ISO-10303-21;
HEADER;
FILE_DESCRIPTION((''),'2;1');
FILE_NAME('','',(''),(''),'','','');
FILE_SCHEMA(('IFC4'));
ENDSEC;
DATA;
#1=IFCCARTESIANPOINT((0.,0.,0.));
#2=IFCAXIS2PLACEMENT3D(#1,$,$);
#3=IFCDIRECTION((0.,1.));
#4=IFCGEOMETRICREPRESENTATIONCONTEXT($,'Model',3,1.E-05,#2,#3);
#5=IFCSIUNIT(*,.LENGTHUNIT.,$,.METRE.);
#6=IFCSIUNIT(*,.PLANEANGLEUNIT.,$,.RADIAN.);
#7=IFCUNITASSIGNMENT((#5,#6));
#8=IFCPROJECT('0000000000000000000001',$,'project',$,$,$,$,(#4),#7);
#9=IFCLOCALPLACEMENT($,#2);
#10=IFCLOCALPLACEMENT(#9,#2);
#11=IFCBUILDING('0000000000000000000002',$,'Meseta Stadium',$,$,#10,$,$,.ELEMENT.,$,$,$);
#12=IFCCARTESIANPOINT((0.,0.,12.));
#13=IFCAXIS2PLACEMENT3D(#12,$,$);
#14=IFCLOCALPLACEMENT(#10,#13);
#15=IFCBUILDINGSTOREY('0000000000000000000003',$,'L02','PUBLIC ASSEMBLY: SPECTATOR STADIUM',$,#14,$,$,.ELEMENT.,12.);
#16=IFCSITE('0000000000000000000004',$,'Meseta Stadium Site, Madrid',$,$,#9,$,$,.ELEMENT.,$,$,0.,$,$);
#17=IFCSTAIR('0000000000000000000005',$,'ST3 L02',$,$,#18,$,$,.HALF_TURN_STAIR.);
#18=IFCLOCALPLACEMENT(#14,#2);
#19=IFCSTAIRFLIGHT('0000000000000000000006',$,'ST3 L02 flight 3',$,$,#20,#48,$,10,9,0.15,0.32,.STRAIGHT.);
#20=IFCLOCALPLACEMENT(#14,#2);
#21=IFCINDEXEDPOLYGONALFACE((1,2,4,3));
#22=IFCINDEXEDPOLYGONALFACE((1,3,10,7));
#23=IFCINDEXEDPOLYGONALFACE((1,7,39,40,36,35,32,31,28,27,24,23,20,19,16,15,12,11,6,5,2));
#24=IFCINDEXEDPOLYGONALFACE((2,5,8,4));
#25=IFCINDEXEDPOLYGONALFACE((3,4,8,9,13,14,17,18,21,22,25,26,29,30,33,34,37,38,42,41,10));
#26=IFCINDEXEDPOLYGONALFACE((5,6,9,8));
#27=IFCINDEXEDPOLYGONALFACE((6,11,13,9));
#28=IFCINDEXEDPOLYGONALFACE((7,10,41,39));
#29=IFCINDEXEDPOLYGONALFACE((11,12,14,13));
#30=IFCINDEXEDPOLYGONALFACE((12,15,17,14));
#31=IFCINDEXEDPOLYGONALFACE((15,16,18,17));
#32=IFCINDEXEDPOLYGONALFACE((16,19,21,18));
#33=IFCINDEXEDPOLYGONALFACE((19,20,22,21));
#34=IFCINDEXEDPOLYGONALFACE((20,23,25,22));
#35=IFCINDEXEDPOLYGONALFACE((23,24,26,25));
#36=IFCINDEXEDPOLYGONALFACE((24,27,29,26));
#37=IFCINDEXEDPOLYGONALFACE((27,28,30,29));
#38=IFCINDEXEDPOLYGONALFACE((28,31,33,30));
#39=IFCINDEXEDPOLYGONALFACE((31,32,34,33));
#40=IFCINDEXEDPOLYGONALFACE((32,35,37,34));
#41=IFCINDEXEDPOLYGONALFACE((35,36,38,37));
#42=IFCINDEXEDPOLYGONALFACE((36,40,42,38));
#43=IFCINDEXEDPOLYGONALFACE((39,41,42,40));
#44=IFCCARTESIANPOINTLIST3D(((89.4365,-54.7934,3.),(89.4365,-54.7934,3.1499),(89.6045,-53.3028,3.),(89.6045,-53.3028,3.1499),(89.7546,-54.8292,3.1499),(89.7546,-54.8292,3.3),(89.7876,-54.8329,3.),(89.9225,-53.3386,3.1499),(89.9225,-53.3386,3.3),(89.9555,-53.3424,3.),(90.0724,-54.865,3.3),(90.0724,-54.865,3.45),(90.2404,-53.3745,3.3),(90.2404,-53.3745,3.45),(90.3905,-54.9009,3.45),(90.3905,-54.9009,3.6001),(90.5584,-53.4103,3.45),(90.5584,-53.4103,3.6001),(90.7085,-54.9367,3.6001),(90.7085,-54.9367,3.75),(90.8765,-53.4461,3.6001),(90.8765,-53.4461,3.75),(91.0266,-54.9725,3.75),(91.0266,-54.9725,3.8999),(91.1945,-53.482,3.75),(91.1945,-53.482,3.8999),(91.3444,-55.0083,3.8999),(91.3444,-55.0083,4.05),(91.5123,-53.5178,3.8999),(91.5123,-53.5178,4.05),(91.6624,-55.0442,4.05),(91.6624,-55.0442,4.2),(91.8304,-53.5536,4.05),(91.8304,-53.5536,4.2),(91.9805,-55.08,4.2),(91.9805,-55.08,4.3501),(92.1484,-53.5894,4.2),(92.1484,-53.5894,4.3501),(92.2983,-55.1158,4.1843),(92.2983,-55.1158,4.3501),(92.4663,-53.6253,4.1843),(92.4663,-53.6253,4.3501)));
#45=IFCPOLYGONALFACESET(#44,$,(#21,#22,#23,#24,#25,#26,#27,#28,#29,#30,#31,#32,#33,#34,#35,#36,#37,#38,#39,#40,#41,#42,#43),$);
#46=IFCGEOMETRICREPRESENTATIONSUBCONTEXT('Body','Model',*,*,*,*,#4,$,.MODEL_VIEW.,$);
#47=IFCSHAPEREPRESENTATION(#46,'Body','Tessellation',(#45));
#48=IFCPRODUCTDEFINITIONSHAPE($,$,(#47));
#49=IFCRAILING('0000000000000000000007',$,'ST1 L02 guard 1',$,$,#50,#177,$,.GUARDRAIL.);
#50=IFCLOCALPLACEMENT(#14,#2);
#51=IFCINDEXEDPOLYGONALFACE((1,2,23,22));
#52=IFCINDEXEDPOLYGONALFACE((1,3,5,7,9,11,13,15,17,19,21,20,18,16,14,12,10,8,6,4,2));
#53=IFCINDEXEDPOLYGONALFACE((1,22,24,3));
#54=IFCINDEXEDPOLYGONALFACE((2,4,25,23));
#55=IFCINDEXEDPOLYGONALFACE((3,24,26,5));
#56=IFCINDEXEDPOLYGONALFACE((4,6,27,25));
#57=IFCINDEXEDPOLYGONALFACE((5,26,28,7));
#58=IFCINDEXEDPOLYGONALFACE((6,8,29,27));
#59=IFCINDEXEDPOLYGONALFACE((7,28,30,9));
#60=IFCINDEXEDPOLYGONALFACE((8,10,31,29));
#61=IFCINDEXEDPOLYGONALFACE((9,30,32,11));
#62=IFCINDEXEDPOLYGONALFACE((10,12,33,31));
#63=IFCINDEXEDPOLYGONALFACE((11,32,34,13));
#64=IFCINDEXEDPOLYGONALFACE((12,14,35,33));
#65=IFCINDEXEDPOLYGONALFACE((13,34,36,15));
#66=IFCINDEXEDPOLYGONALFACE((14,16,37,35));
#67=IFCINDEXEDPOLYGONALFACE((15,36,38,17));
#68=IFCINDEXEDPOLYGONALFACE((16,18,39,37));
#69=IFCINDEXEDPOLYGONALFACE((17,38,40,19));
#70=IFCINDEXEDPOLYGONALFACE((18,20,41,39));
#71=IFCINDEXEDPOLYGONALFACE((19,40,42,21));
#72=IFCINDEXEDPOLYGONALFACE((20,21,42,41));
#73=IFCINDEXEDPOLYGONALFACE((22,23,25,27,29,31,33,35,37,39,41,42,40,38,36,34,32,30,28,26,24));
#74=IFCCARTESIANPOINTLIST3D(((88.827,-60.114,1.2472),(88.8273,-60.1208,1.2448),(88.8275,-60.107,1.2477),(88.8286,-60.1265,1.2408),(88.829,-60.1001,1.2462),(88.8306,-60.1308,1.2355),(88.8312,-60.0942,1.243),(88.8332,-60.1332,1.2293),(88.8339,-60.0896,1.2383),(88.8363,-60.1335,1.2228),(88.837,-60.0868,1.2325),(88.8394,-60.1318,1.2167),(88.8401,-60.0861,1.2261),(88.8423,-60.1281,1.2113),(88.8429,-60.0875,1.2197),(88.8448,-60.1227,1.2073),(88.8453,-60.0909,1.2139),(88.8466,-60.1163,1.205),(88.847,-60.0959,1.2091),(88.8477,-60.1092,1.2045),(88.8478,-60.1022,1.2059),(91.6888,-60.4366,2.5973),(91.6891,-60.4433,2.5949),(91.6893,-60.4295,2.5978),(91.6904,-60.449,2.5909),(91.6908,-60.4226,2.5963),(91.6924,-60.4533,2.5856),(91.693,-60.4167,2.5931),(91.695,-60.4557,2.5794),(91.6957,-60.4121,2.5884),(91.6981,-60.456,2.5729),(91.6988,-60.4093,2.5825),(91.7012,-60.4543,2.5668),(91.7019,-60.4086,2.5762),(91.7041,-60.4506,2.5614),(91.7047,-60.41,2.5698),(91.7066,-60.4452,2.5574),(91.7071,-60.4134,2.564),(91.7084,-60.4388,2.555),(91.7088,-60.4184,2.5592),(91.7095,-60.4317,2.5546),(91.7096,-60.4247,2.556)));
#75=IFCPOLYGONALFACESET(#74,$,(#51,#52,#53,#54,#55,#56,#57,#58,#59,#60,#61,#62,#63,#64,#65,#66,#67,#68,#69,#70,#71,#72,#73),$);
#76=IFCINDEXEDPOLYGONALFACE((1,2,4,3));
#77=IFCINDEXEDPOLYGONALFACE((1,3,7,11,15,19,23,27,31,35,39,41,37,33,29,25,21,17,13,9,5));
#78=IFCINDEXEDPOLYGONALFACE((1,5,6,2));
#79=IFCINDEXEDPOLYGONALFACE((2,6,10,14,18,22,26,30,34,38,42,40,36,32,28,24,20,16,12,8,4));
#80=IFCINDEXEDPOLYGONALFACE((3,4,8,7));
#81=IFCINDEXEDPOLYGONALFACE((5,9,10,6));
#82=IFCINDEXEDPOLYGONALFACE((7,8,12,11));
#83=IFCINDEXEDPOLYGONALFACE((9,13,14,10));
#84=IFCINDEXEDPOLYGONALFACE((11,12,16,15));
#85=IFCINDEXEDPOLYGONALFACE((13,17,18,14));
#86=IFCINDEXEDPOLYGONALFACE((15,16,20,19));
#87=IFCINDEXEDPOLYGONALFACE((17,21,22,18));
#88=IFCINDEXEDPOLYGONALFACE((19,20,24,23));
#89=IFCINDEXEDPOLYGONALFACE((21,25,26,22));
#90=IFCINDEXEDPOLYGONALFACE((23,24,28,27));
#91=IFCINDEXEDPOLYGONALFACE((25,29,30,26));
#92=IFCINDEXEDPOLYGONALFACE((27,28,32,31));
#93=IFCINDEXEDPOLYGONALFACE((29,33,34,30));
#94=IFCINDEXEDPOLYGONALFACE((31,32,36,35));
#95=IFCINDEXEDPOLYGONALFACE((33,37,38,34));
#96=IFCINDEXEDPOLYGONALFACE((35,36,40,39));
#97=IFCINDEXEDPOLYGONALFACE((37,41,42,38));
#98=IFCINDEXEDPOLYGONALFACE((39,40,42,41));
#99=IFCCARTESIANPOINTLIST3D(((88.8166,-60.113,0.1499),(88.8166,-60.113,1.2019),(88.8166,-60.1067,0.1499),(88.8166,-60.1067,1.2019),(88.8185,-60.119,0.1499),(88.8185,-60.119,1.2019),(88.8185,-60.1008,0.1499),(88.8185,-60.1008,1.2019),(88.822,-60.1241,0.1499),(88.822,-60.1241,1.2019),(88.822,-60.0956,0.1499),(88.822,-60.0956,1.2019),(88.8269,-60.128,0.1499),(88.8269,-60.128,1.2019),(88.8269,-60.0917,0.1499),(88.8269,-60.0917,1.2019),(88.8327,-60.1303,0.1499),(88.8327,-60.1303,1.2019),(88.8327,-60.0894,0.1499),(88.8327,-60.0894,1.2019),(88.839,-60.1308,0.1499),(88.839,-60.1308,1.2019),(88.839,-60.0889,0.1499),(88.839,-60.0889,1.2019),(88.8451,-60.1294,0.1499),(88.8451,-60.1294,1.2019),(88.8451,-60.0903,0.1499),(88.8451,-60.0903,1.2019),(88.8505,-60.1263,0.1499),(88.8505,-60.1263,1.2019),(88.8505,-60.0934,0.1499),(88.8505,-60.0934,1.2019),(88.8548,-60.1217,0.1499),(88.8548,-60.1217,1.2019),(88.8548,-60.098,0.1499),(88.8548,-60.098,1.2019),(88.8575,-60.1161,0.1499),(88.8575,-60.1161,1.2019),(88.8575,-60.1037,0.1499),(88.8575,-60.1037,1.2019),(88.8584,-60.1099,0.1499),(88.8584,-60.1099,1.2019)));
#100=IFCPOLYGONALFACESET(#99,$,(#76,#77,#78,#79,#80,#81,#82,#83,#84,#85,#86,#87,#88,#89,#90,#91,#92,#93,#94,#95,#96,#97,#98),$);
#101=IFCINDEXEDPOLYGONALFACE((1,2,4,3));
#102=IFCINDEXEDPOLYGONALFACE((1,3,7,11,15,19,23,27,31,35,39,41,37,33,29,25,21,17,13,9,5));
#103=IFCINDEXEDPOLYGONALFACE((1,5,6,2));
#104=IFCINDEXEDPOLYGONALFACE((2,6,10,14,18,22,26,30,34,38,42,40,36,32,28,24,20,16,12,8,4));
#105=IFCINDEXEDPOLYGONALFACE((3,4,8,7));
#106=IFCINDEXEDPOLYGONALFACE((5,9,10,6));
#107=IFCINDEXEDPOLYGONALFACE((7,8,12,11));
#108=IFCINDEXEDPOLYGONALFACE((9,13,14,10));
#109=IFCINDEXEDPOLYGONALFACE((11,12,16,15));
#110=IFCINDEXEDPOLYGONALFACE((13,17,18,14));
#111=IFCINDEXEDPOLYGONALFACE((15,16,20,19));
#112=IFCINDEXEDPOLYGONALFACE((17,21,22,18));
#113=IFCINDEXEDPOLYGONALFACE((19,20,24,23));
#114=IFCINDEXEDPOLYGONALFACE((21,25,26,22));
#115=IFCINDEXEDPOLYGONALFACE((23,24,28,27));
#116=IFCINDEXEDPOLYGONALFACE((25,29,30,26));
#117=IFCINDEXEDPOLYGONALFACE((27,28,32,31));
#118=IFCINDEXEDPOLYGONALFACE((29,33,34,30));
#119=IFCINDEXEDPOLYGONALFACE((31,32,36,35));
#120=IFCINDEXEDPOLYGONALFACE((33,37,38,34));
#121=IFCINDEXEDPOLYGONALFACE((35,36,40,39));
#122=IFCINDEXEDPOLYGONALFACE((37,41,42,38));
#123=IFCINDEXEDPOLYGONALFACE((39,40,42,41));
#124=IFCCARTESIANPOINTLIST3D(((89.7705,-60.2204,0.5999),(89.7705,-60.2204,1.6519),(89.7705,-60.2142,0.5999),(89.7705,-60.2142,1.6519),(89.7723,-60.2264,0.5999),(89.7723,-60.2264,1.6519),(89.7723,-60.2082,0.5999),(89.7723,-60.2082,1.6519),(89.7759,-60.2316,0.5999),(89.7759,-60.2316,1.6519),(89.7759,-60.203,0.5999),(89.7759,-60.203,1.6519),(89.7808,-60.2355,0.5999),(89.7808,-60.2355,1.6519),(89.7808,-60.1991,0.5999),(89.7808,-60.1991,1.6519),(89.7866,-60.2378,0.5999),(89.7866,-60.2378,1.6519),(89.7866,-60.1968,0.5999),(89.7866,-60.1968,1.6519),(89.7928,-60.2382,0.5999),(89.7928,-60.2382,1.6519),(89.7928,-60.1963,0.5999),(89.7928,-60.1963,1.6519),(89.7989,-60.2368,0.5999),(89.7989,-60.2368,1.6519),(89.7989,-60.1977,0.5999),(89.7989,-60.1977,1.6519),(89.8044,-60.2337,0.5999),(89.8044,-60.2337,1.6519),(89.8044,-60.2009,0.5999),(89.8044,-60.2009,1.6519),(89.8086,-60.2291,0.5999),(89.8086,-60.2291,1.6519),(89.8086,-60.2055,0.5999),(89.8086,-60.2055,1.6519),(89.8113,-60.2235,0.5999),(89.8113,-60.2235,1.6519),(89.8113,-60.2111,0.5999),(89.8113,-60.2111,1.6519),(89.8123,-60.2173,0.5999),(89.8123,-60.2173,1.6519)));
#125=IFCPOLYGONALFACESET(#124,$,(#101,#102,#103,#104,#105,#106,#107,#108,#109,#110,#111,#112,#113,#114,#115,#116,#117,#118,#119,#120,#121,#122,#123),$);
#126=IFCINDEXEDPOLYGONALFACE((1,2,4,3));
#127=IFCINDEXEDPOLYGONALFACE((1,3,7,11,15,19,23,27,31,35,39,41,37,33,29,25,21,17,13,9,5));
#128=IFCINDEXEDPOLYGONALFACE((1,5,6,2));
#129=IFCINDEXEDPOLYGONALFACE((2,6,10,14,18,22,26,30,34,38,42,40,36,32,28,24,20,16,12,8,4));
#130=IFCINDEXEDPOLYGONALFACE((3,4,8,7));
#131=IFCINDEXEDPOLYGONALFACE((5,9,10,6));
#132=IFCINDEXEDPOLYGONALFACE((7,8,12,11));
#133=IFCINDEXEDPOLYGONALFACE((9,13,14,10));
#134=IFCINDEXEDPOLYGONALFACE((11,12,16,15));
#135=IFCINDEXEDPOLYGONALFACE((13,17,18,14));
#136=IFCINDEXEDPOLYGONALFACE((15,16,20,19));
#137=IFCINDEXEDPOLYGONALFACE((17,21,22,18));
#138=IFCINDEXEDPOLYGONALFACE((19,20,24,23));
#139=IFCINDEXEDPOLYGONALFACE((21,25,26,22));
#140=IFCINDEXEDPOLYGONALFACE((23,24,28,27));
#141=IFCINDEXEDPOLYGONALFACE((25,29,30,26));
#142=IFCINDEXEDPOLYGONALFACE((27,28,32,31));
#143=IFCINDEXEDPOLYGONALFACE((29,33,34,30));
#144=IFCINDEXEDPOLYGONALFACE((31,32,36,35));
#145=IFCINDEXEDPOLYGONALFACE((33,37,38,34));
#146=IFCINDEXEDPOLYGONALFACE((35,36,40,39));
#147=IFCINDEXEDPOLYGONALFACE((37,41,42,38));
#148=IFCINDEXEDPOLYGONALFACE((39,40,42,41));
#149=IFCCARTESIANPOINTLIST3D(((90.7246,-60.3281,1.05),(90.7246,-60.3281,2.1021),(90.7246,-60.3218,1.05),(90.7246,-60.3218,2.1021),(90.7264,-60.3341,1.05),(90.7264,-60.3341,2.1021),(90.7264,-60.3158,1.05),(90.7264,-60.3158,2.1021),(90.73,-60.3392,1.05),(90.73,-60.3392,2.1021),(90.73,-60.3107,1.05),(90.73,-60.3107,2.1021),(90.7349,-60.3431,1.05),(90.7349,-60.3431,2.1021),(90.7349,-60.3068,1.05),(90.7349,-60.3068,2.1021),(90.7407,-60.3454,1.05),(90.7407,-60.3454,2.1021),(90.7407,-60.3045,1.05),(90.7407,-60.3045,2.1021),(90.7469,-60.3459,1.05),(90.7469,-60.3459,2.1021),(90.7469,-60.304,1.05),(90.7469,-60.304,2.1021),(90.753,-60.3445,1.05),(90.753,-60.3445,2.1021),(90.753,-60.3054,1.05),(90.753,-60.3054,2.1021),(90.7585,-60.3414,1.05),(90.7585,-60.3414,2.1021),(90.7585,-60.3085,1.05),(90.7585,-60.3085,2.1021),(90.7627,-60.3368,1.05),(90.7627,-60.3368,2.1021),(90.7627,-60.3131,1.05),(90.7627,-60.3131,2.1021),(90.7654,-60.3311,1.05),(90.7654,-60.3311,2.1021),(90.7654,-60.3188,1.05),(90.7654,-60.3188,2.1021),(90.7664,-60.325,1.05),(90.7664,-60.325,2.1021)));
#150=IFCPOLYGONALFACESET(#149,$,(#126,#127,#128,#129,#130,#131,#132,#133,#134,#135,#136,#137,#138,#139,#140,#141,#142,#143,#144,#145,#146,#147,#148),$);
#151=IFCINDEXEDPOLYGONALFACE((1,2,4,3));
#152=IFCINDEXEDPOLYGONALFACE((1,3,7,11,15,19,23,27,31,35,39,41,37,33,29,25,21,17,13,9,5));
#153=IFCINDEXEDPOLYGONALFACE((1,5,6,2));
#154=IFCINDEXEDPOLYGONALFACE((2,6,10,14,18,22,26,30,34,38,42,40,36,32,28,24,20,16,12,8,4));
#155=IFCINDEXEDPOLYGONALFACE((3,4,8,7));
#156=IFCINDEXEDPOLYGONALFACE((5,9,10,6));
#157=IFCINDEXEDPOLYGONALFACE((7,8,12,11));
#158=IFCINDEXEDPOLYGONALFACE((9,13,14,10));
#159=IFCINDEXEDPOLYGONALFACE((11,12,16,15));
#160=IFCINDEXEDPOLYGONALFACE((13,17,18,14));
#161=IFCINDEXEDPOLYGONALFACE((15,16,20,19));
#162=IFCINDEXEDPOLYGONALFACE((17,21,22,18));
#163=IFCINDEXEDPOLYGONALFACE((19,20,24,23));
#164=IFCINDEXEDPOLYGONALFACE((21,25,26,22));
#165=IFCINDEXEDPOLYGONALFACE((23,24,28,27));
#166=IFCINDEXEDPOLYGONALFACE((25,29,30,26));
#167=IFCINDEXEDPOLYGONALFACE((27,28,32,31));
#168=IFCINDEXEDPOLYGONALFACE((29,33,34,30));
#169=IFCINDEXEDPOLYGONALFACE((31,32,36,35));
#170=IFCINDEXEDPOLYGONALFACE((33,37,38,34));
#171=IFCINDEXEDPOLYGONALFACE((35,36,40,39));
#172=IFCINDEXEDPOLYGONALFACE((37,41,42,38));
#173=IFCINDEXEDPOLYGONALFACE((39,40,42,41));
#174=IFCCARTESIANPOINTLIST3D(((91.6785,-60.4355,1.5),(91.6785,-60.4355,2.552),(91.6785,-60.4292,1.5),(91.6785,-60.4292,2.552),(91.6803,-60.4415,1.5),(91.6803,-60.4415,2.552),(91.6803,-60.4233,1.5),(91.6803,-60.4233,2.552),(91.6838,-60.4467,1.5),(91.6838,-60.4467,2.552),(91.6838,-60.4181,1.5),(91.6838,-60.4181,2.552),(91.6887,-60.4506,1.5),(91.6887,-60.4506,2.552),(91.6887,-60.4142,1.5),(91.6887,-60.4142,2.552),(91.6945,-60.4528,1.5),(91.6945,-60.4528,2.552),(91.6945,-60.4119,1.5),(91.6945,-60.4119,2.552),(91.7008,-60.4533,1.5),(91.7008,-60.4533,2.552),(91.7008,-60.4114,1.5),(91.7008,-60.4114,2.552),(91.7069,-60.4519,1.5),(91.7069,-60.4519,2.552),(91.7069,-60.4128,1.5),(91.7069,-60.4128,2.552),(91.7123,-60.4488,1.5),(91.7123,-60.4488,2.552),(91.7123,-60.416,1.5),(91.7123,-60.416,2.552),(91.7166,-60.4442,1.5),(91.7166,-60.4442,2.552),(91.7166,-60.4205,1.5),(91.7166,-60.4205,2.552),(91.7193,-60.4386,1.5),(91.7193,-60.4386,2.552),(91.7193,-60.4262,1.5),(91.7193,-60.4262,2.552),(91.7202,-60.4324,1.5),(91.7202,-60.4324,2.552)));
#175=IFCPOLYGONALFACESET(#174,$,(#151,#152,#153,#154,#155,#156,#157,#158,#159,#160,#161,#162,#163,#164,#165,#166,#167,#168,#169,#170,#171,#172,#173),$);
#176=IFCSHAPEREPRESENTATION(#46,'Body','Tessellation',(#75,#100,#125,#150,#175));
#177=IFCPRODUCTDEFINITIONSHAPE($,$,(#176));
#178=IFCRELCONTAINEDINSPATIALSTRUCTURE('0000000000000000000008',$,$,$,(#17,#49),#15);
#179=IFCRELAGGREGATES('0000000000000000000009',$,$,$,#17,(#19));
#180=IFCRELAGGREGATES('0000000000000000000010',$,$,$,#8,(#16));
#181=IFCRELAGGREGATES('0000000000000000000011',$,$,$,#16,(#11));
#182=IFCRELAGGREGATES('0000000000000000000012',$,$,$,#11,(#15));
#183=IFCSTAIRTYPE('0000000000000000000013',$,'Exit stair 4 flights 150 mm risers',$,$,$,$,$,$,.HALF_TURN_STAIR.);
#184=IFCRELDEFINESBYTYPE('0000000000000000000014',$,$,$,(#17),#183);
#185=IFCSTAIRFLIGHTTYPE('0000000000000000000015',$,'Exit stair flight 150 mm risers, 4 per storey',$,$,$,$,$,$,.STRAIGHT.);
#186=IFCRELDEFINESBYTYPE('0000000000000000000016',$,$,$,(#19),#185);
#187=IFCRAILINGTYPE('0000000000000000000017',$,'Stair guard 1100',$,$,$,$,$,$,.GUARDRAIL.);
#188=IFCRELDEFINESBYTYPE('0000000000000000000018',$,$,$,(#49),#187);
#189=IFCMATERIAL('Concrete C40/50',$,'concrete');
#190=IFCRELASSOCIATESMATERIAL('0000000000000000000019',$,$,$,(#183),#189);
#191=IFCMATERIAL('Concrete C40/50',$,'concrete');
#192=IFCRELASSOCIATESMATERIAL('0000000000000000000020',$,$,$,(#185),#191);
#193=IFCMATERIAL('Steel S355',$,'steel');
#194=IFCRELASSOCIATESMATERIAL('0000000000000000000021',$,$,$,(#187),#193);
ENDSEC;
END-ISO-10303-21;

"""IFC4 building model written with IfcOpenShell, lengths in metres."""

from ifc_helpers import new_model, si_unit, direction, frame, origin, origin_2d, place, context, subcontext, project, spatial, polyline, circle, outline, extrude, material, type_object, element, aggregate, save


model = new_model("IFC4")

# Units and contexts
model_context = context("Model", 3, precision=1e-05, world=origin(), true_north=direction((0.0, 1.0)))
body_context = subcontext(model_context, "Body", "Model", "MODEL_VIEW")
ifc_project = project(units=[si_unit("LENGTHUNIT", "METRE"), si_unit("PLANEANGLEUNIT", "RADIAN")], contexts=[model_context])

# Site, building, storey
site_placement = place(None, origin())
site = spatial("IfcSite", under=ifc_project, at=site_placement, Name="Meseta Stadium Site, Madrid", CompositionType="ELEMENT", RefElevation=0.0)
building_placement = place(site_placement, origin())
building = spatial("IfcBuilding", under=site, at=building_placement, Name="Meseta Stadium", CompositionType="ELEMENT")
storey_placement = place(building_placement, frame((0.0, 0.0, 12.0)))
storey = spatial("IfcBuildingStorey", under=building, at=storey_placement, Name="L02", Description="PUBLIC ASSEMBLY: SPECTATOR STADIUM", CompositionType="ELEMENT", Elevation=12.0)

# Stair, stair flight
ifc_material_1 = material(Name="Concrete C40/50", Category="concrete")
stair_type = type_object("IfcStairType", Name="Exit stair 4 flights 150 mm risers", PredefinedType="HALF_TURN_STAIR", material=ifc_material_1)
ifc_material_2 = material(Name="Concrete C40/50", Category="concrete")
stair_flight_type = type_object("IfcStairFlightType", Name="Exit stair flight 150 mm risers, 4 per storey", PredefinedType="STRAIGHT", material=ifc_material_2)
stair_1_placement = place(storey_placement, origin())
stair_1 = element("IfcStair", 1, at=stair_1_placement, inside=storey, type_object=stair_type, Name="ST3 L02", PredefinedType="HALF_TURN_STAIR")
stair_flight_1_placement = place(storey_placement, frame((89.5205, -54.0481, 3.0), z_axis=(0.0, 0.0, 1.0), x_axis=(0.993712, -0.111964, 0.0)))
stair_flight_1 = element("IfcStairFlight", 2, at=stair_flight_1_placement, type_object=stair_flight_type, Name="ST3 L02 flight 3", NumberOfRisers=10, NumberOfTreads=9, PredefinedType="STRAIGHT", RiserHeight=0.15, TreadLength=0.32, context=body_context, shape_type="SweptSolid", body=[
    extrude(outline(polyline([(0.0, 0.0), (0.0, 0.1499), (0.3201, 0.1499), (0.3201, 0.3), (0.6399, 0.3), (0.6399, 0.45), (0.96, 0.45), (0.96, 0.6001), (1.28, 0.6001), (1.28, 0.75), (1.6001, 0.75), (1.6001, 0.8999), (1.9199, 0.8999), (1.9199, 1.05), (2.24, 1.05), (2.24, 1.2), (2.5601, 1.2), (2.5601, 1.3501), (2.8799, 1.3501), (2.8799, 1.1843), (0.3533, 0.0), (0.0, 0.0)])), frame((0.0, 0.75, 0.0), z_axis=(0.0, -1.0, 0.0), x_axis=(1.0, 0.0, 0.0)), (0.0, 0.0, 1.0), 1.5),
])
aggregate(stair_1, [stair_flight_1])

# Railing
ifc_material_3 = material(Name="Steel S355", Category="steel")
railing_type_1 = type_object("IfcRailingType", Name="Stair guard 1100", PredefinedType="GUARDRAIL", material=ifc_material_3)
railing_1_placement = place(storey_placement, frame((88.8374, -60.1099, 0.1499)))
element("IfcRailing", 3, at=railing_1_placement, inside=storey, type_object=railing_type_1, Name="ST1 L02 guard 1", PredefinedType="GUARDRAIL", context=body_context, shape_type="SweptSolid", body=[
    extrude(circle(Radius=0.0239, at=origin_2d()), frame((0.0, 0.0, 1.0762), z_axis=(0.899748, -0.101396, 0.424467), x_axis=(0.111985, 0.99371, 0.0)), (0.0, 0.0, 1.0), 3.1807),
    extrude(circle(Radius=0.021, at=origin_2d()), origin(), (0.0, 0.0, 1.0), 1.052),
    extrude(circle(Radius=0.021, at=origin_2d()), frame((0.9539, -0.1074, 0.45)), (0.0, 0.0, 1.0), 1.052),
    extrude(circle(Radius=0.021, at=origin_2d()), frame((1.908, -0.2151, 0.9001)), (0.0, 0.0, 1.0), 1.052),
    extrude(circle(Radius=0.021, at=origin_2d()), frame((2.8618, -0.3225, 1.3501)), (0.0, 0.0, 1.0), 1.052),
])

save(model, "model.ifc")
